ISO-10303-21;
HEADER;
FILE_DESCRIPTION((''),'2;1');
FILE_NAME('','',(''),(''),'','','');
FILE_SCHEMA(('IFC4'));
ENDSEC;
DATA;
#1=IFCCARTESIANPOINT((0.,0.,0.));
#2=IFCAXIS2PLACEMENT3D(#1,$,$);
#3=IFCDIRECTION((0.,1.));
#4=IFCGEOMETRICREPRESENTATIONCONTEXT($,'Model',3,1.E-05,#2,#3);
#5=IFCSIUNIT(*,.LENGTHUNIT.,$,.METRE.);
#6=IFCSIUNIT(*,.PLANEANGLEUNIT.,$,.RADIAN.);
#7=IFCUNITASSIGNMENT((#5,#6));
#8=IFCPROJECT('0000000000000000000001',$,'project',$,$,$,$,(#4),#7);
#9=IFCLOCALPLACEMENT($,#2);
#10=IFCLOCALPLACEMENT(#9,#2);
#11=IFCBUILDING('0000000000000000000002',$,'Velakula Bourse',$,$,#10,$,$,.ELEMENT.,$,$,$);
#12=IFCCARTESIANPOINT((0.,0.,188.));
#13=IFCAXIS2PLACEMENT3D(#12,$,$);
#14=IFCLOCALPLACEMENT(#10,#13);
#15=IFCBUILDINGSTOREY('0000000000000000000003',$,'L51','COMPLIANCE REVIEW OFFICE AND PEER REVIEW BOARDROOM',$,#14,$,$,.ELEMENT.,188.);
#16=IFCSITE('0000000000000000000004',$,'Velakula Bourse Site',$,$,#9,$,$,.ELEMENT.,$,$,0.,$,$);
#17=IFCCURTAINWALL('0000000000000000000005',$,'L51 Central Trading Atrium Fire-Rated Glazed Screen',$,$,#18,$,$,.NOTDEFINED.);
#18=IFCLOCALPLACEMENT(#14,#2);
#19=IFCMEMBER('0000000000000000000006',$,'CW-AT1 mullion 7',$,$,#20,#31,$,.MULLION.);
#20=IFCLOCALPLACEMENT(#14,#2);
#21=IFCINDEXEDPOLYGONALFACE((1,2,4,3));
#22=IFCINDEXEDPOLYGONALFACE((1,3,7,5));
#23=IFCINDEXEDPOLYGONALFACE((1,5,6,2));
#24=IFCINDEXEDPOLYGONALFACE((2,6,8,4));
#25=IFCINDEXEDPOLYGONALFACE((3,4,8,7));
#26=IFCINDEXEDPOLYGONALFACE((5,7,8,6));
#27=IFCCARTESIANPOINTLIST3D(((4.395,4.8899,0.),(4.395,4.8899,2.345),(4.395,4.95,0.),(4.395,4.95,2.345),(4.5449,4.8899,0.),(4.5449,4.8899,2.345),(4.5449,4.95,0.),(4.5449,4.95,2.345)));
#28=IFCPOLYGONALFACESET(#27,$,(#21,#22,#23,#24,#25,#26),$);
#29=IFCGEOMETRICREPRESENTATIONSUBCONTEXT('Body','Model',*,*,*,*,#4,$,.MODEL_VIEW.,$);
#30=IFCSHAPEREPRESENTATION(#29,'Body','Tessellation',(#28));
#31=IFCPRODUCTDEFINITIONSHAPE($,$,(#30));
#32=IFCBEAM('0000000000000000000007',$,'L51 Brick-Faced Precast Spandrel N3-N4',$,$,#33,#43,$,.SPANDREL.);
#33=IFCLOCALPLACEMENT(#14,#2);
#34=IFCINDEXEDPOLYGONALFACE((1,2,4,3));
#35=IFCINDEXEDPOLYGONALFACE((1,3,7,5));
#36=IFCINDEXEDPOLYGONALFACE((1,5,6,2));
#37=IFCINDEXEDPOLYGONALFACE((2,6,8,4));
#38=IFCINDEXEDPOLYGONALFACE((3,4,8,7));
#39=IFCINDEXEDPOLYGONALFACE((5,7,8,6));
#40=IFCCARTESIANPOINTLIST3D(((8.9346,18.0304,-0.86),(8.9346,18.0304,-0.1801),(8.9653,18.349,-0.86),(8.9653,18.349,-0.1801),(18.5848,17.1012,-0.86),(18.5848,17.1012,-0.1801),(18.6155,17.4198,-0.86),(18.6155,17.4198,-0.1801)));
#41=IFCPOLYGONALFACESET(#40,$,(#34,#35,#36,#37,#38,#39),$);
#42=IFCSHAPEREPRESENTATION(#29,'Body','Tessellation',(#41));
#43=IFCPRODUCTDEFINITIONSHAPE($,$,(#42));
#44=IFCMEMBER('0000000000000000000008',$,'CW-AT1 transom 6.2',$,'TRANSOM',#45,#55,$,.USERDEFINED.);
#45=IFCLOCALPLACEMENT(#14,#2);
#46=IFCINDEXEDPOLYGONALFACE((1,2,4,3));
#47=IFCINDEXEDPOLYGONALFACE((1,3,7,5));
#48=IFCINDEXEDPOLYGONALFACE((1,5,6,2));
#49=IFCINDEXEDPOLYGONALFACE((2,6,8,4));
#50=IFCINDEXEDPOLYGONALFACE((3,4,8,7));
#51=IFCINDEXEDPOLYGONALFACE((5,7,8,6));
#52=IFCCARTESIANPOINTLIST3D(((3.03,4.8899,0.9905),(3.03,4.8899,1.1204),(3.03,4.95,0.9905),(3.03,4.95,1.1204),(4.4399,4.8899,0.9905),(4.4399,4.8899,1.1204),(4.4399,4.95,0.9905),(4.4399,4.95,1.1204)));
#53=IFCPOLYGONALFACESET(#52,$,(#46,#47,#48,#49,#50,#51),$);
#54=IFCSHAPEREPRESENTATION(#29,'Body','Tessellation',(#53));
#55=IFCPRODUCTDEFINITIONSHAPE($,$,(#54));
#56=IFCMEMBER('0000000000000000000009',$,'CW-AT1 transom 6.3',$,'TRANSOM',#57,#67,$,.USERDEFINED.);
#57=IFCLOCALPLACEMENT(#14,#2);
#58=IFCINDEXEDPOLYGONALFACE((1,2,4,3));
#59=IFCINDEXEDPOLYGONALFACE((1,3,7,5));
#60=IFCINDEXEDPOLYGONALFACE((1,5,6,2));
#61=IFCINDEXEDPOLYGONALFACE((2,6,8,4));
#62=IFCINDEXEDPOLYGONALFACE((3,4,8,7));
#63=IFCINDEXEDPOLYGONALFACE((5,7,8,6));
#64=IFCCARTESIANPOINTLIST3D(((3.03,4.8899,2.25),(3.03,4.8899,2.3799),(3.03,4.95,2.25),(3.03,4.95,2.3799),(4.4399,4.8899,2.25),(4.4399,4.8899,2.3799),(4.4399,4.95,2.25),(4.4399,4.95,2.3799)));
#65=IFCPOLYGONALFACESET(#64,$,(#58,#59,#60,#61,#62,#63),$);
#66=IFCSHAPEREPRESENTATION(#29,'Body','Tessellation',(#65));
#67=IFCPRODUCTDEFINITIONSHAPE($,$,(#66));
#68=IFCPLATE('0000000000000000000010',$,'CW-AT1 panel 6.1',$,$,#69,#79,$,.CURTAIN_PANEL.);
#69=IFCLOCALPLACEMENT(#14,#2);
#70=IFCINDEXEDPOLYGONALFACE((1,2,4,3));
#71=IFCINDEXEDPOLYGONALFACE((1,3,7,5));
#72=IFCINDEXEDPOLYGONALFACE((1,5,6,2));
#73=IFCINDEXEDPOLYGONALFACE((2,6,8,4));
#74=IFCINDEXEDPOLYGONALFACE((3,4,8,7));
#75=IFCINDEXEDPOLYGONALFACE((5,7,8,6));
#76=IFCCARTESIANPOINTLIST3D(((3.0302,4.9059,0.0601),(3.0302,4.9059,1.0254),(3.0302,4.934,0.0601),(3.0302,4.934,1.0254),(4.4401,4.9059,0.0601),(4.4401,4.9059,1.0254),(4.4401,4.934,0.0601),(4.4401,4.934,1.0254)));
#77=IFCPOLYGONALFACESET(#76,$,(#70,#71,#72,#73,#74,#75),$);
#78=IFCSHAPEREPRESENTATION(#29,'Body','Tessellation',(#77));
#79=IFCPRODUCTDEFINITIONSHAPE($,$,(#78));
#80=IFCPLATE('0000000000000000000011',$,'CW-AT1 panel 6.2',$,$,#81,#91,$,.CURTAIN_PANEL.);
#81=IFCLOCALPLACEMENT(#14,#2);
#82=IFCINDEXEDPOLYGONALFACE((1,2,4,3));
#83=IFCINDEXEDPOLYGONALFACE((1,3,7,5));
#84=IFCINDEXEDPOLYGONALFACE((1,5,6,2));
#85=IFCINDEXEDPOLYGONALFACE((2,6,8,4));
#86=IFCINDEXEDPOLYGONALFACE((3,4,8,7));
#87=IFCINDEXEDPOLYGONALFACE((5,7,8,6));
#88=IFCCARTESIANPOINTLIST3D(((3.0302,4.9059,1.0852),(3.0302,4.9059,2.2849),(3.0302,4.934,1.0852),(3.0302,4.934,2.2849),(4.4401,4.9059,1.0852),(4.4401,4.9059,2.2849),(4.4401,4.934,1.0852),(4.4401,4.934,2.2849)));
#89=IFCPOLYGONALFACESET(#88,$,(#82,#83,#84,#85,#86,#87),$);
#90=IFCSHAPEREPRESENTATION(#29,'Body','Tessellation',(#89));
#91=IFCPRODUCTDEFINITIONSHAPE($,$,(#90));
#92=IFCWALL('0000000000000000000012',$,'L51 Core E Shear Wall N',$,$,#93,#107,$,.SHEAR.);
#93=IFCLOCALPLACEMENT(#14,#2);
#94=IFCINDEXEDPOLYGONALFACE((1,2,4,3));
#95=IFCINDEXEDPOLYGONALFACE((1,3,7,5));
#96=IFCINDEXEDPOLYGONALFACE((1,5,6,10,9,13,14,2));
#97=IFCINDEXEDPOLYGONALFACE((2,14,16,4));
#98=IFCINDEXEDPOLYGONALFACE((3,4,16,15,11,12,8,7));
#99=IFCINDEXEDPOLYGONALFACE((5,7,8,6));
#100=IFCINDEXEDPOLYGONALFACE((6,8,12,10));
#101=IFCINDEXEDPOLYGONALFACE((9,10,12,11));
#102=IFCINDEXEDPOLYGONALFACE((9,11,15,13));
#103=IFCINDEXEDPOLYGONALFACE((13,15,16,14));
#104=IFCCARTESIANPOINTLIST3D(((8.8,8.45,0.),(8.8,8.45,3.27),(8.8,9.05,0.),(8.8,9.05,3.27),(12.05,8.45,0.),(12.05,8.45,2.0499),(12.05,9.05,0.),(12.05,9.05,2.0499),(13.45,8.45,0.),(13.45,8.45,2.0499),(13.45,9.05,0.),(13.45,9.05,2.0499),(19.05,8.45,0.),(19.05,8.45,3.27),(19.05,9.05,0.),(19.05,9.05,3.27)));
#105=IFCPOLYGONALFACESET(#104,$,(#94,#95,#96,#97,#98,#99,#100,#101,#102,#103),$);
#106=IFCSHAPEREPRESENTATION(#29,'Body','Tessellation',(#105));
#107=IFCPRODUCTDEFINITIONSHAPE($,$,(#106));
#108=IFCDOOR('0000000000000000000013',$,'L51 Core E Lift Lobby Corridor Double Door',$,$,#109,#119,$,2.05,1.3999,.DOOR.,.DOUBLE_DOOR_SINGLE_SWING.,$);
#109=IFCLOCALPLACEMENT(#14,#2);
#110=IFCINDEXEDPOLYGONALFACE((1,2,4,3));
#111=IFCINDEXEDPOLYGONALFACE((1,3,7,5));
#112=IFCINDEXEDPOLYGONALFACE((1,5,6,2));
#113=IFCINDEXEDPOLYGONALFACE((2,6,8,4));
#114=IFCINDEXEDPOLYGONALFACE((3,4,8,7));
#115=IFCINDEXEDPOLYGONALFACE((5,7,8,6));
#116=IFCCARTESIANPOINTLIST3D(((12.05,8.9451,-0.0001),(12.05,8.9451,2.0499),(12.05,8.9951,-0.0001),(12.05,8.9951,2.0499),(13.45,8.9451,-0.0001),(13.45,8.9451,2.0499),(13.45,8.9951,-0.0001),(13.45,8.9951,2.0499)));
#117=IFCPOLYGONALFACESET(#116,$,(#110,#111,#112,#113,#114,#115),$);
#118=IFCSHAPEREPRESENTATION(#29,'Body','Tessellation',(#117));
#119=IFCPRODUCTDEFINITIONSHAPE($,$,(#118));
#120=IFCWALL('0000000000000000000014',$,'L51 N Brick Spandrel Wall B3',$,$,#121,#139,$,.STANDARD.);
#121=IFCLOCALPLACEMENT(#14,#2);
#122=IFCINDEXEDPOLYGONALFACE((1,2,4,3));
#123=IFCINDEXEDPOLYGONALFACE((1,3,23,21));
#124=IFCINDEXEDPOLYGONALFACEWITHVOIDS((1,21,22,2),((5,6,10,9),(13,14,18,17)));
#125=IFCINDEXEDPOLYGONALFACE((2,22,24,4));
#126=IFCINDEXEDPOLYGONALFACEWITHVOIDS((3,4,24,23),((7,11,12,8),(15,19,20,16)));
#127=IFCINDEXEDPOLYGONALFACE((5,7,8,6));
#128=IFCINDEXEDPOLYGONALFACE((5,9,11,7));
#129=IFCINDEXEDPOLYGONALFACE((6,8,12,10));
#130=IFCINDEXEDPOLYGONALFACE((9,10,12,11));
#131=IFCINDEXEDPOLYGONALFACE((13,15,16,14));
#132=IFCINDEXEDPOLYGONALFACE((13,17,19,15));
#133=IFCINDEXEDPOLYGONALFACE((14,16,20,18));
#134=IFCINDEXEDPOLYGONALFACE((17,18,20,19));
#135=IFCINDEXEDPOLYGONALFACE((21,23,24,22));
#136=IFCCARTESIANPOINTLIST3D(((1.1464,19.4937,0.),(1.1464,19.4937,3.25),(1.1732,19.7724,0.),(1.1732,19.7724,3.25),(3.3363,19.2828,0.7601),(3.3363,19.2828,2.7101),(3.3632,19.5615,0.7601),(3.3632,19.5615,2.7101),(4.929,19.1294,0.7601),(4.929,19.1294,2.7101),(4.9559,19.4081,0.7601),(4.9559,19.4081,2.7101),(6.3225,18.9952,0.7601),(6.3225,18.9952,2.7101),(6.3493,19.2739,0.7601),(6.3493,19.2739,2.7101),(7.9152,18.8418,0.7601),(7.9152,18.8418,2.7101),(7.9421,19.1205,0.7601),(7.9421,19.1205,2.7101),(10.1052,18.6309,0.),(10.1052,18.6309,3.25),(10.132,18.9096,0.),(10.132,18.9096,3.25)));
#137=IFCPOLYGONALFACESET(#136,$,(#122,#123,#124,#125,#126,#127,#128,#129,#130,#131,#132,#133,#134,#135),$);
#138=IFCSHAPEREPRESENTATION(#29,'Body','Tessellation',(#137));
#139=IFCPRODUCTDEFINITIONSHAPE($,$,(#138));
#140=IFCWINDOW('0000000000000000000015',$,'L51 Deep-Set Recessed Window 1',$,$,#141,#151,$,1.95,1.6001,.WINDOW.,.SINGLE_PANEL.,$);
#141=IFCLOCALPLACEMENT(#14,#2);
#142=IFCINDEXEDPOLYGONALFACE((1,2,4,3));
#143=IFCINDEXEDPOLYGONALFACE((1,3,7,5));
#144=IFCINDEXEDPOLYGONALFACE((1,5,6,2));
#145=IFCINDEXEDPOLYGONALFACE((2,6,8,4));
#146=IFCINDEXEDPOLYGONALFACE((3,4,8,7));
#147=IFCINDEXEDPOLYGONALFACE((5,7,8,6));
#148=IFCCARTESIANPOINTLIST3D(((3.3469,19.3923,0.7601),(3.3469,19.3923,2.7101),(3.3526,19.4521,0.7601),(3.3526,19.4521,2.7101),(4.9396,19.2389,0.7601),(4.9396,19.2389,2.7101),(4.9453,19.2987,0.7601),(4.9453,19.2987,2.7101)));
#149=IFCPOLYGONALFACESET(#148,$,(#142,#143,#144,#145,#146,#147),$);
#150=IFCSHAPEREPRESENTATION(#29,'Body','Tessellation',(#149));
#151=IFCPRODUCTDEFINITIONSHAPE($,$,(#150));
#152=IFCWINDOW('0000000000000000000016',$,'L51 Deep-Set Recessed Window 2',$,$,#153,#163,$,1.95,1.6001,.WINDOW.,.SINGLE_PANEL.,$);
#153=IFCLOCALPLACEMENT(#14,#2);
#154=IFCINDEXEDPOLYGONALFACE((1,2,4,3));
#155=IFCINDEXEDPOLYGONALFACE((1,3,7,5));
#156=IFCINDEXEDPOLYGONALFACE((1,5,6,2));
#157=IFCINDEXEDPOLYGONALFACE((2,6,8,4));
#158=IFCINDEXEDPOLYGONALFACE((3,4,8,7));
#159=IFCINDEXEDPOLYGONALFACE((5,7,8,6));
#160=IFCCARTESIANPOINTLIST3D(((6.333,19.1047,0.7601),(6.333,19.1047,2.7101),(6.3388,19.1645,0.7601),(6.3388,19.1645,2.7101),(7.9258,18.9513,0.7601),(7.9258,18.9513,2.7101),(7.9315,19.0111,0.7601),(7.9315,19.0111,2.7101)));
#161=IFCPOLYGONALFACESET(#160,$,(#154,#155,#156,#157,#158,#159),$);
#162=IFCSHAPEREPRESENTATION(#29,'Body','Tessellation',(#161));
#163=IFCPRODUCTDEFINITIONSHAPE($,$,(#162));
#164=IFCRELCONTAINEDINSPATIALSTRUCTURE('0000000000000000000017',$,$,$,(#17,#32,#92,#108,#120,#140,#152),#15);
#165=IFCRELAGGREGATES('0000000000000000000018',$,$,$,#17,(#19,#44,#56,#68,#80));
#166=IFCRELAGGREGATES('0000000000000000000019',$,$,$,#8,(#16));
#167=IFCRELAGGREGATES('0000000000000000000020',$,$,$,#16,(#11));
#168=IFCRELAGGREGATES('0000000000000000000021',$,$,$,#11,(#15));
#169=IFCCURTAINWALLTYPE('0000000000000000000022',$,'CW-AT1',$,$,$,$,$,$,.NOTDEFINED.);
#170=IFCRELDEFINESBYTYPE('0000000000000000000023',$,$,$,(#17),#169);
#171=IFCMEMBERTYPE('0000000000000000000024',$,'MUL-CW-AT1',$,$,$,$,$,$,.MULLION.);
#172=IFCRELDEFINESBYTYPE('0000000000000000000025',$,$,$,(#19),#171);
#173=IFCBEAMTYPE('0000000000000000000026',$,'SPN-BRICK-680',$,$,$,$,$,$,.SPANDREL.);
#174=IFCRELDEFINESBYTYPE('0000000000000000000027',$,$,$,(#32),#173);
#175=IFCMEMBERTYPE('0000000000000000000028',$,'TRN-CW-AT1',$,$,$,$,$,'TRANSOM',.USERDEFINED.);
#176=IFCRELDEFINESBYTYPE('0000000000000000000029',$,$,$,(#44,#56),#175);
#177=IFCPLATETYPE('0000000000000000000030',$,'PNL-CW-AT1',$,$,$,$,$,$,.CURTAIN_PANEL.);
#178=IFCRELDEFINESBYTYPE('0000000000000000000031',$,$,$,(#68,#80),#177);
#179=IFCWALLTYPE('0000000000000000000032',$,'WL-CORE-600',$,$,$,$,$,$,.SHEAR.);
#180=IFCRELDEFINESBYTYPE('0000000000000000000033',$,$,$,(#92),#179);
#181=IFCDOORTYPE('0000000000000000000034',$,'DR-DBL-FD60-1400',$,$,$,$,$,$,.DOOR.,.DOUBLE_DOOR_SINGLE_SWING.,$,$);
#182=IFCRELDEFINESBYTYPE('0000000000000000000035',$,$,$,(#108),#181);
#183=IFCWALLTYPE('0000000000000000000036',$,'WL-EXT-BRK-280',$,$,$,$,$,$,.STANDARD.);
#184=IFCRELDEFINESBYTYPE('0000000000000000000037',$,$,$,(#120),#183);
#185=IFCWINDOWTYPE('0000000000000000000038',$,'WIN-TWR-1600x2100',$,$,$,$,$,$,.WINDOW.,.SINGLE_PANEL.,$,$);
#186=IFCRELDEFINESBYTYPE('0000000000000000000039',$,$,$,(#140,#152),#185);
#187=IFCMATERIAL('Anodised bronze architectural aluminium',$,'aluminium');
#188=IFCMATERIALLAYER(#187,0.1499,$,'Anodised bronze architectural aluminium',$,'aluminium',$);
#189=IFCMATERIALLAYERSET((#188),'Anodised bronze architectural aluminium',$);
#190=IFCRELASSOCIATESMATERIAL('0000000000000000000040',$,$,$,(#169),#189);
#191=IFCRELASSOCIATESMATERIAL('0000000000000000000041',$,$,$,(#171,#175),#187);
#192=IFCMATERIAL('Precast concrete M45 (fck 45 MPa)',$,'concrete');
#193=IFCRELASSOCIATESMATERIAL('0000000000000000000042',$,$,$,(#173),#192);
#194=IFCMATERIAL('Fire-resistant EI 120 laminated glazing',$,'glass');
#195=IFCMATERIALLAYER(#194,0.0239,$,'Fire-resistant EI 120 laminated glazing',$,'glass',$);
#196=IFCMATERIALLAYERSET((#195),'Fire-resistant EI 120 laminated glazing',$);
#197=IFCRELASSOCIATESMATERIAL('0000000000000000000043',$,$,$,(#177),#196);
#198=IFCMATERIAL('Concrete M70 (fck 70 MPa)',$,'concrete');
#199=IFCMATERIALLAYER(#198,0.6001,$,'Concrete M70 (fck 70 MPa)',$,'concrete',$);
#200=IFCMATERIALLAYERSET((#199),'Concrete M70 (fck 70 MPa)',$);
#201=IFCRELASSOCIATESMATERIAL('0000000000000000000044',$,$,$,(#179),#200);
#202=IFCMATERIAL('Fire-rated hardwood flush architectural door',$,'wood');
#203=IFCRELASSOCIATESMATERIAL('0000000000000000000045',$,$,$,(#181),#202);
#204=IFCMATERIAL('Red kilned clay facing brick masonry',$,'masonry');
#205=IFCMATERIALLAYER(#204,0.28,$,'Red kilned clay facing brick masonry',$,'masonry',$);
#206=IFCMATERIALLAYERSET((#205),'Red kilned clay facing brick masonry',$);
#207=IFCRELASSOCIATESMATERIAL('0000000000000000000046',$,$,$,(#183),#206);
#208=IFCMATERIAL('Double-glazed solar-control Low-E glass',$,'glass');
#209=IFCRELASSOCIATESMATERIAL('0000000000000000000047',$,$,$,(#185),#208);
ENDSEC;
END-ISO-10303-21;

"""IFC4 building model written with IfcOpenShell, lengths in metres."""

from ifc_helpers import new_model, si_unit, direction, frame, frame_2d, origin, origin_2d, place, context, subcontext, project, spatial, rectangle, extrude, material, layer, layer_set, material_profile, profile_set, type_object, element, fill, aggregate, save


model = new_model("IFC4")

# Units and contexts
model_context = context("Model", 3, precision=1e-05, world=origin(), true_north=direction((0.0, 1.0)))
body_context = subcontext(model_context, "Body", "Model", "MODEL_VIEW")
ifc_project = project(units=[si_unit("LENGTHUNIT", "METRE"), si_unit("PLANEANGLEUNIT", "RADIAN")], contexts=[model_context])

# Site, building, storey
site_placement = place(None, origin())
site = spatial("IfcSite", under=ifc_project, at=site_placement, Name="Velakula Bourse Site", CompositionType="ELEMENT", RefElevation=0.0)
building_placement = place(site_placement, origin())
building = spatial("IfcBuilding", under=site, at=building_placement, Name="Velakula Bourse", CompositionType="ELEMENT")
storey_placement = place(building_placement, frame((0.0, 0.0, 188.0)))
storey = spatial("IfcBuildingStorey", under=building, at=storey_placement, Name="L51", Description="COMPLIANCE REVIEW OFFICE AND PEER REVIEW BOARDROOM", CompositionType="ELEMENT", Elevation=188.0)

# Shared definitions
ifc_material_1 = material(Name="Concrete M70 (fck 70 MPa)", Category="concrete")

# Curtain wall, member
ifc_material_2 = material(Name="Anodised bronze architectural aluminium", Category="aluminium")
ifc_layer_1 = layer(ifc_material_2, 0.1499, Name="Anodised bronze architectural aluminium", Category="aluminium")
ifc_layer_set_1 = layer_set([ifc_layer_1], Name="Anodised bronze architectural aluminium")
curtain_wall_type = type_object("IfcCurtainWallType", Name="CW-AT1", PredefinedType="NOTDEFINED", material=ifc_layer_set_1)
curtain_wall_placement = place(storey_placement, origin())
curtain_wall = element("IfcCurtainWall", 1, at=curtain_wall_placement, inside=storey, type_object=curtain_wall_type, Name="L51 Central Trading Atrium Fire-Rated Glazed Screen", PredefinedType="NOTDEFINED")
ifc_material_profile_1 = material_profile(ifc_material_2, rectangle(XDim=0.0601, YDim=0.1499, at=origin_2d()), Name="Anodised bronze architectural aluminium")
ifc_profile_set_1 = profile_set([ifc_material_profile_1], Name="Anodised bronze architectural aluminium")
member_type_1 = type_object("IfcMemberType", Name="MUL-CW-AT1", PredefinedType="MULLION", material=ifc_profile_set_1)
member_1_placement = place(storey_placement, frame((4.47, 4.9199, 0.0), z_axis=(0.0, 0.0, 1.0), x_axis=(0.0, 1.0, 0.0)))
member_1 = element("IfcMember", 2, at=member_1_placement, type_object=member_type_1, Name="CW-AT1 mullion 7", PredefinedType="MULLION", context=body_context, shape_type="SweptSolid", body=[
    extrude(rectangle(XDim=0.0601, YDim=0.1499, at=origin_2d()), origin(), (0.0, 0.0, 1.0), 2.345),
])

# Beam
ifc_material_3 = material(Name="Precast concrete M45 (fck 45 MPa)", Category="concrete")
ifc_material_profile_2 = material_profile(ifc_material_3, rectangle(XDim=0.3201, YDim=0.6799, at=origin_2d()), Name="Precast concrete M45 (fck 45 MPa)")
ifc_profile_set_2 = profile_set([ifc_material_profile_2], Name="Precast concrete M45 (fck 45 MPa)")
beam_type_1 = type_object("IfcBeamType", Name="SPN-BRICK-680", PredefinedType="SPANDREL", material=ifc_profile_set_2)
beam_1_placement = place(storey_placement, frame((8.95, 18.1897, -0.52), z_axis=(0.995396, -0.095845, 0.0), x_axis=(0.095845, 0.995396, 0.0)))
element("IfcBeam", 3, at=beam_1_placement, inside=storey, type_object=beam_type_1, Name="L51 Brick-Faced Precast Spandrel N3-N4", PredefinedType="SPANDREL", context=body_context, shape_type="SweptSolid", body=[
    extrude(rectangle(XDim=0.3201, YDim=0.6799, at=origin_2d()), origin(), (0.0, 0.0, 1.0), 9.6948),
])

# Members
ifc_material_profile_3 = material_profile(ifc_material_2, rectangle(XDim=0.0601, YDim=0.1299, at=origin_2d()), Name="Anodised bronze architectural aluminium")
ifc_profile_set_3 = profile_set([ifc_material_profile_3], Name="Anodised bronze architectural aluminium")
member_type_2 = type_object("IfcMemberType", Name="TRN-CW-AT1", ElementType="TRANSOM", PredefinedType="USERDEFINED", material=ifc_profile_set_3)
member_2_placement = place(storey_placement, frame((3.03, 4.9199, 1.0554), z_axis=(1.0, 0.0, 0.0), x_axis=(0.0, 1.0, 0.0)))
member_2 = element("IfcMember", 4, at=member_2_placement, type_object=member_type_2, Name="CW-AT1 transom 6.2", ObjectType="TRANSOM", PredefinedType="USERDEFINED", context=body_context, shape_type="SweptSolid", body=[
    extrude(rectangle(XDim=0.0601, YDim=0.1299, at=origin_2d()), origin(), (0.0, 0.0, 1.0), 1.4099),
])
member_3_placement = place(storey_placement, frame((3.03, 4.9199, 2.3149), z_axis=(1.0, 0.0, 0.0), x_axis=(0.0, 1.0, 0.0)))
member_3 = element("IfcMember", 5, at=member_3_placement, type_object=member_type_2, Name="CW-AT1 transom 6.3", ObjectType="TRANSOM", PredefinedType="USERDEFINED", context=body_context, shape_type="SweptSolid", body=[
    extrude(rectangle(XDim=0.0601, YDim=0.1299, at=origin_2d()), origin(), (0.0, 0.0, 1.0), 1.4099),
])

# Plates
ifc_material_4 = material(Name="Fire-resistant EI 120 laminated glazing", Category="glass")
ifc_layer_2 = layer(ifc_material_4, 0.0239, Name="Fire-resistant EI 120 laminated glazing", Category="glass")
ifc_layer_set_2 = layer_set([ifc_layer_2], Name="Fire-resistant EI 120 laminated glazing")
plate_type = type_object("IfcPlateType", Name="PNL-CW-AT1", PredefinedType="CURTAIN_PANEL", material=ifc_layer_set_2)
plate_1_placement = place(storey_placement, frame((3.7351, 4.9199, 0.0601), z_axis=(0.0, 0.0, 1.0), x_axis=(1.0, 0.0, 0.0)))
plate_1 = element("IfcPlate", 6, at=plate_1_placement, type_object=plate_type, Name="CW-AT1 panel 6.1", PredefinedType="CURTAIN_PANEL", context=body_context, shape_type="SweptSolid", body=[
    extrude(rectangle(XDim=1.4099, YDim=0.0281, at=origin_2d()), origin(), (0.0, 0.0, 1.0), 0.9653),
])
plate_2_placement = place(storey_placement, frame((3.7351, 4.9199, 1.0852), z_axis=(0.0, 0.0, 1.0), x_axis=(1.0, 0.0, 0.0)))
plate_2 = element("IfcPlate", 7, at=plate_2_placement, type_object=plate_type, Name="CW-AT1 panel 6.2", PredefinedType="CURTAIN_PANEL", context=body_context, shape_type="SweptSolid", body=[
    extrude(rectangle(XDim=1.4099, YDim=0.0281, at=origin_2d()), origin(), (0.0, 0.0, 1.0), 1.1997),
])
aggregate(curtain_wall, [member_1, member_2, member_3, plate_1, plate_2])

# Wall, opening, door
ifc_layer_3 = layer(ifc_material_1, 0.6001, Name="Concrete M70 (fck 70 MPa)", Category="concrete")
ifc_layer_set_3 = layer_set([ifc_layer_3], Name="Concrete M70 (fck 70 MPa)")
wall_type_1 = type_object("IfcWallType", Name="WL-CORE-600", PredefinedType="SHEAR", material=ifc_layer_set_3)
wall_1_placement = place(storey_placement, frame((8.8, 8.75, 0.0), z_axis=(0.0, 0.0, 1.0), x_axis=(1.0, 0.0, 0.0)))
wall_1 = element("IfcWall", 8, at=wall_1_placement, inside=storey, type_object=wall_type_1, Name="L51 Core E Shear Wall N", PredefinedType="SHEAR", context=body_context, shape_type="SweptSolid", body=[
    extrude(rectangle(XDim=10.25, YDim=0.6001, at=frame_2d((5.125, 0.0))), origin(), (0.0, 0.0, 1.0), 3.27),
])
opening_1_placement = place(wall_1_placement, frame((3.25, 0.0, 0.0)))
opening_1 = element("IfcOpeningElement", 9, at=opening_1_placement, cuts=wall_1, PredefinedType="OPENING", context=body_context, shape_type="SweptSolid", body=[
    extrude(rectangle(XDim=1.3999, YDim=2.05, at=frame_2d((0.7, 1.0249))), frame((0.0, 0.3101, 0.0), z_axis=(0.0, -1.0, 0.0), x_axis=(1.0, 0.0, 0.0)), (0.0, 0.0, 1.0), 0.6201),
])
ifc_material_5 = material(Name="Fire-rated hardwood flush architectural door", Category="wood")
door_type_1 = type_object("IfcDoorType", Name="DR-DBL-FD60-1400", OperationType="DOUBLE_DOOR_SINGLE_SWING", PredefinedType="DOOR", material=ifc_material_5)
door_1_placement = place(opening_1_placement, origin())
door_1 = element("IfcDoor", 10, at=door_1_placement, inside=storey, type_object=door_type_1, Name="L51 Core E Lift Lobby Corridor Double Door", OperationType="DOUBLE_DOOR_SINGLE_SWING", OverallHeight=2.05, OverallWidth=1.3999, PredefinedType="DOOR", context=body_context, shape_type="SweptSolid", body=[
    extrude(rectangle(XDim=1.3999, YDim=2.05, at=frame_2d((0.7, 1.0249))), frame((0.0, 0.2451, 0.0), z_axis=(0.0, -1.0, 0.0), x_axis=(1.0, 0.0, 0.0)), (0.0, 0.0, 1.0), 0.05),
])
fill(opening_1, door_1)

# Wall, openings, windows
ifc_material_6 = material(Name="Red kilned clay facing brick masonry", Category="masonry")
ifc_layer_4 = layer(ifc_material_6, 0.28, Name="Red kilned clay facing brick masonry", Category="masonry")
ifc_layer_set_4 = layer_set([ifc_layer_4], Name="Red kilned clay facing brick masonry")
wall_type_2 = type_object("IfcWallType", Name="WL-EXT-BRK-280", PredefinedType="STANDARD", material=ifc_layer_set_4)
wall_2_placement = place(storey_placement, frame((1.1599, 19.6331, 0.0), z_axis=(0.0, 0.0, 1.0), x_axis=(0.995394, -0.095864, 0.0)))
wall_2 = element("IfcWall", 11, at=wall_2_placement, inside=storey, type_object=wall_type_2, Name="L51 N Brick Spandrel Wall B3", PredefinedType="STANDARD", context=body_context, shape_type="SweptSolid", body=[
    extrude(rectangle(XDim=9.0002, YDim=0.28, at=frame_2d((4.5, 0.0))), origin(), (0.0, 0.0, 1.0), 3.25),
])
opening_2_placement = place(wall_2_placement, frame((2.2, 0.0, 0.76)))
opening_2 = element("IfcOpeningElement", 12, at=opening_2_placement, cuts=wall_2, PredefinedType="OPENING", context=body_context, shape_type="SweptSolid", body=[
    extrude(rectangle(XDim=1.6001, YDim=1.95, at=frame_2d((0.8, 0.9751))), frame((0.0, 0.1499, 0.0), z_axis=(0.0, -1.0, 0.0), x_axis=(1.0, 0.0, 0.0)), (0.0, 0.0, 1.0), 0.3),
])
opening_3_placement = place(wall_2_placement, frame((5.2, 0.0, 0.76)))
opening_3 = element("IfcOpeningElement", 13, at=opening_3_placement, cuts=wall_2, PredefinedType="OPENING", context=body_context, shape_type="SweptSolid", body=[
    extrude(rectangle(XDim=1.6001, YDim=1.95, at=frame_2d((0.8, 0.9751))), frame((0.0, 0.1499, 0.0), z_axis=(0.0, -1.0, 0.0), x_axis=(1.0, 0.0, 0.0)), (0.0, 0.0, 1.0), 0.3),
])
ifc_material_7 = material(Name="Double-glazed solar-control Low-E glass", Category="glass")
window_type = type_object("IfcWindowType", Name="WIN-TWR-1600x2100", PartitioningType="SINGLE_PANEL", PredefinedType="WINDOW", material=ifc_material_7)
window_1_placement = place(opening_2_placement, origin())
window_1 = element("IfcWindow", 14, at=window_1_placement, inside=storey, type_object=window_type, Name="L51 Deep-Set Recessed Window 1", OverallHeight=1.95, OverallWidth=1.6001, PartitioningType="SINGLE_PANEL", PredefinedType="WINDOW", context=body_context, shape_type="SweptSolid", body=[
    extrude(rectangle(XDim=1.6001, YDim=1.95, at=frame_2d((0.8, 0.9751))), frame((0.0, 0.03, 0.0), z_axis=(0.0, -1.0, 0.0), x_axis=(1.0, 0.0, 0.0)), (0.0, 0.0, 1.0), 0.0601),
])
fill(opening_2, window_1)
window_2_placement = place(opening_3_placement, origin())
window_2 = element("IfcWindow", 15, at=window_2_placement, inside=storey, type_object=window_type, Name="L51 Deep-Set Recessed Window 2", OverallHeight=1.95, OverallWidth=1.6001, PartitioningType="SINGLE_PANEL", PredefinedType="WINDOW", context=body_context, shape_type="SweptSolid", body=[
    extrude(rectangle(XDim=1.6001, YDim=1.95, at=frame_2d((0.8, 0.9751))), frame((0.0, 0.03, 0.0), z_axis=(0.0, -1.0, 0.0), x_axis=(1.0, 0.0, 0.0)), (0.0, 0.0, 1.0), 0.0601),
])
fill(opening_3, window_2)

save(model, "model.ifc")
